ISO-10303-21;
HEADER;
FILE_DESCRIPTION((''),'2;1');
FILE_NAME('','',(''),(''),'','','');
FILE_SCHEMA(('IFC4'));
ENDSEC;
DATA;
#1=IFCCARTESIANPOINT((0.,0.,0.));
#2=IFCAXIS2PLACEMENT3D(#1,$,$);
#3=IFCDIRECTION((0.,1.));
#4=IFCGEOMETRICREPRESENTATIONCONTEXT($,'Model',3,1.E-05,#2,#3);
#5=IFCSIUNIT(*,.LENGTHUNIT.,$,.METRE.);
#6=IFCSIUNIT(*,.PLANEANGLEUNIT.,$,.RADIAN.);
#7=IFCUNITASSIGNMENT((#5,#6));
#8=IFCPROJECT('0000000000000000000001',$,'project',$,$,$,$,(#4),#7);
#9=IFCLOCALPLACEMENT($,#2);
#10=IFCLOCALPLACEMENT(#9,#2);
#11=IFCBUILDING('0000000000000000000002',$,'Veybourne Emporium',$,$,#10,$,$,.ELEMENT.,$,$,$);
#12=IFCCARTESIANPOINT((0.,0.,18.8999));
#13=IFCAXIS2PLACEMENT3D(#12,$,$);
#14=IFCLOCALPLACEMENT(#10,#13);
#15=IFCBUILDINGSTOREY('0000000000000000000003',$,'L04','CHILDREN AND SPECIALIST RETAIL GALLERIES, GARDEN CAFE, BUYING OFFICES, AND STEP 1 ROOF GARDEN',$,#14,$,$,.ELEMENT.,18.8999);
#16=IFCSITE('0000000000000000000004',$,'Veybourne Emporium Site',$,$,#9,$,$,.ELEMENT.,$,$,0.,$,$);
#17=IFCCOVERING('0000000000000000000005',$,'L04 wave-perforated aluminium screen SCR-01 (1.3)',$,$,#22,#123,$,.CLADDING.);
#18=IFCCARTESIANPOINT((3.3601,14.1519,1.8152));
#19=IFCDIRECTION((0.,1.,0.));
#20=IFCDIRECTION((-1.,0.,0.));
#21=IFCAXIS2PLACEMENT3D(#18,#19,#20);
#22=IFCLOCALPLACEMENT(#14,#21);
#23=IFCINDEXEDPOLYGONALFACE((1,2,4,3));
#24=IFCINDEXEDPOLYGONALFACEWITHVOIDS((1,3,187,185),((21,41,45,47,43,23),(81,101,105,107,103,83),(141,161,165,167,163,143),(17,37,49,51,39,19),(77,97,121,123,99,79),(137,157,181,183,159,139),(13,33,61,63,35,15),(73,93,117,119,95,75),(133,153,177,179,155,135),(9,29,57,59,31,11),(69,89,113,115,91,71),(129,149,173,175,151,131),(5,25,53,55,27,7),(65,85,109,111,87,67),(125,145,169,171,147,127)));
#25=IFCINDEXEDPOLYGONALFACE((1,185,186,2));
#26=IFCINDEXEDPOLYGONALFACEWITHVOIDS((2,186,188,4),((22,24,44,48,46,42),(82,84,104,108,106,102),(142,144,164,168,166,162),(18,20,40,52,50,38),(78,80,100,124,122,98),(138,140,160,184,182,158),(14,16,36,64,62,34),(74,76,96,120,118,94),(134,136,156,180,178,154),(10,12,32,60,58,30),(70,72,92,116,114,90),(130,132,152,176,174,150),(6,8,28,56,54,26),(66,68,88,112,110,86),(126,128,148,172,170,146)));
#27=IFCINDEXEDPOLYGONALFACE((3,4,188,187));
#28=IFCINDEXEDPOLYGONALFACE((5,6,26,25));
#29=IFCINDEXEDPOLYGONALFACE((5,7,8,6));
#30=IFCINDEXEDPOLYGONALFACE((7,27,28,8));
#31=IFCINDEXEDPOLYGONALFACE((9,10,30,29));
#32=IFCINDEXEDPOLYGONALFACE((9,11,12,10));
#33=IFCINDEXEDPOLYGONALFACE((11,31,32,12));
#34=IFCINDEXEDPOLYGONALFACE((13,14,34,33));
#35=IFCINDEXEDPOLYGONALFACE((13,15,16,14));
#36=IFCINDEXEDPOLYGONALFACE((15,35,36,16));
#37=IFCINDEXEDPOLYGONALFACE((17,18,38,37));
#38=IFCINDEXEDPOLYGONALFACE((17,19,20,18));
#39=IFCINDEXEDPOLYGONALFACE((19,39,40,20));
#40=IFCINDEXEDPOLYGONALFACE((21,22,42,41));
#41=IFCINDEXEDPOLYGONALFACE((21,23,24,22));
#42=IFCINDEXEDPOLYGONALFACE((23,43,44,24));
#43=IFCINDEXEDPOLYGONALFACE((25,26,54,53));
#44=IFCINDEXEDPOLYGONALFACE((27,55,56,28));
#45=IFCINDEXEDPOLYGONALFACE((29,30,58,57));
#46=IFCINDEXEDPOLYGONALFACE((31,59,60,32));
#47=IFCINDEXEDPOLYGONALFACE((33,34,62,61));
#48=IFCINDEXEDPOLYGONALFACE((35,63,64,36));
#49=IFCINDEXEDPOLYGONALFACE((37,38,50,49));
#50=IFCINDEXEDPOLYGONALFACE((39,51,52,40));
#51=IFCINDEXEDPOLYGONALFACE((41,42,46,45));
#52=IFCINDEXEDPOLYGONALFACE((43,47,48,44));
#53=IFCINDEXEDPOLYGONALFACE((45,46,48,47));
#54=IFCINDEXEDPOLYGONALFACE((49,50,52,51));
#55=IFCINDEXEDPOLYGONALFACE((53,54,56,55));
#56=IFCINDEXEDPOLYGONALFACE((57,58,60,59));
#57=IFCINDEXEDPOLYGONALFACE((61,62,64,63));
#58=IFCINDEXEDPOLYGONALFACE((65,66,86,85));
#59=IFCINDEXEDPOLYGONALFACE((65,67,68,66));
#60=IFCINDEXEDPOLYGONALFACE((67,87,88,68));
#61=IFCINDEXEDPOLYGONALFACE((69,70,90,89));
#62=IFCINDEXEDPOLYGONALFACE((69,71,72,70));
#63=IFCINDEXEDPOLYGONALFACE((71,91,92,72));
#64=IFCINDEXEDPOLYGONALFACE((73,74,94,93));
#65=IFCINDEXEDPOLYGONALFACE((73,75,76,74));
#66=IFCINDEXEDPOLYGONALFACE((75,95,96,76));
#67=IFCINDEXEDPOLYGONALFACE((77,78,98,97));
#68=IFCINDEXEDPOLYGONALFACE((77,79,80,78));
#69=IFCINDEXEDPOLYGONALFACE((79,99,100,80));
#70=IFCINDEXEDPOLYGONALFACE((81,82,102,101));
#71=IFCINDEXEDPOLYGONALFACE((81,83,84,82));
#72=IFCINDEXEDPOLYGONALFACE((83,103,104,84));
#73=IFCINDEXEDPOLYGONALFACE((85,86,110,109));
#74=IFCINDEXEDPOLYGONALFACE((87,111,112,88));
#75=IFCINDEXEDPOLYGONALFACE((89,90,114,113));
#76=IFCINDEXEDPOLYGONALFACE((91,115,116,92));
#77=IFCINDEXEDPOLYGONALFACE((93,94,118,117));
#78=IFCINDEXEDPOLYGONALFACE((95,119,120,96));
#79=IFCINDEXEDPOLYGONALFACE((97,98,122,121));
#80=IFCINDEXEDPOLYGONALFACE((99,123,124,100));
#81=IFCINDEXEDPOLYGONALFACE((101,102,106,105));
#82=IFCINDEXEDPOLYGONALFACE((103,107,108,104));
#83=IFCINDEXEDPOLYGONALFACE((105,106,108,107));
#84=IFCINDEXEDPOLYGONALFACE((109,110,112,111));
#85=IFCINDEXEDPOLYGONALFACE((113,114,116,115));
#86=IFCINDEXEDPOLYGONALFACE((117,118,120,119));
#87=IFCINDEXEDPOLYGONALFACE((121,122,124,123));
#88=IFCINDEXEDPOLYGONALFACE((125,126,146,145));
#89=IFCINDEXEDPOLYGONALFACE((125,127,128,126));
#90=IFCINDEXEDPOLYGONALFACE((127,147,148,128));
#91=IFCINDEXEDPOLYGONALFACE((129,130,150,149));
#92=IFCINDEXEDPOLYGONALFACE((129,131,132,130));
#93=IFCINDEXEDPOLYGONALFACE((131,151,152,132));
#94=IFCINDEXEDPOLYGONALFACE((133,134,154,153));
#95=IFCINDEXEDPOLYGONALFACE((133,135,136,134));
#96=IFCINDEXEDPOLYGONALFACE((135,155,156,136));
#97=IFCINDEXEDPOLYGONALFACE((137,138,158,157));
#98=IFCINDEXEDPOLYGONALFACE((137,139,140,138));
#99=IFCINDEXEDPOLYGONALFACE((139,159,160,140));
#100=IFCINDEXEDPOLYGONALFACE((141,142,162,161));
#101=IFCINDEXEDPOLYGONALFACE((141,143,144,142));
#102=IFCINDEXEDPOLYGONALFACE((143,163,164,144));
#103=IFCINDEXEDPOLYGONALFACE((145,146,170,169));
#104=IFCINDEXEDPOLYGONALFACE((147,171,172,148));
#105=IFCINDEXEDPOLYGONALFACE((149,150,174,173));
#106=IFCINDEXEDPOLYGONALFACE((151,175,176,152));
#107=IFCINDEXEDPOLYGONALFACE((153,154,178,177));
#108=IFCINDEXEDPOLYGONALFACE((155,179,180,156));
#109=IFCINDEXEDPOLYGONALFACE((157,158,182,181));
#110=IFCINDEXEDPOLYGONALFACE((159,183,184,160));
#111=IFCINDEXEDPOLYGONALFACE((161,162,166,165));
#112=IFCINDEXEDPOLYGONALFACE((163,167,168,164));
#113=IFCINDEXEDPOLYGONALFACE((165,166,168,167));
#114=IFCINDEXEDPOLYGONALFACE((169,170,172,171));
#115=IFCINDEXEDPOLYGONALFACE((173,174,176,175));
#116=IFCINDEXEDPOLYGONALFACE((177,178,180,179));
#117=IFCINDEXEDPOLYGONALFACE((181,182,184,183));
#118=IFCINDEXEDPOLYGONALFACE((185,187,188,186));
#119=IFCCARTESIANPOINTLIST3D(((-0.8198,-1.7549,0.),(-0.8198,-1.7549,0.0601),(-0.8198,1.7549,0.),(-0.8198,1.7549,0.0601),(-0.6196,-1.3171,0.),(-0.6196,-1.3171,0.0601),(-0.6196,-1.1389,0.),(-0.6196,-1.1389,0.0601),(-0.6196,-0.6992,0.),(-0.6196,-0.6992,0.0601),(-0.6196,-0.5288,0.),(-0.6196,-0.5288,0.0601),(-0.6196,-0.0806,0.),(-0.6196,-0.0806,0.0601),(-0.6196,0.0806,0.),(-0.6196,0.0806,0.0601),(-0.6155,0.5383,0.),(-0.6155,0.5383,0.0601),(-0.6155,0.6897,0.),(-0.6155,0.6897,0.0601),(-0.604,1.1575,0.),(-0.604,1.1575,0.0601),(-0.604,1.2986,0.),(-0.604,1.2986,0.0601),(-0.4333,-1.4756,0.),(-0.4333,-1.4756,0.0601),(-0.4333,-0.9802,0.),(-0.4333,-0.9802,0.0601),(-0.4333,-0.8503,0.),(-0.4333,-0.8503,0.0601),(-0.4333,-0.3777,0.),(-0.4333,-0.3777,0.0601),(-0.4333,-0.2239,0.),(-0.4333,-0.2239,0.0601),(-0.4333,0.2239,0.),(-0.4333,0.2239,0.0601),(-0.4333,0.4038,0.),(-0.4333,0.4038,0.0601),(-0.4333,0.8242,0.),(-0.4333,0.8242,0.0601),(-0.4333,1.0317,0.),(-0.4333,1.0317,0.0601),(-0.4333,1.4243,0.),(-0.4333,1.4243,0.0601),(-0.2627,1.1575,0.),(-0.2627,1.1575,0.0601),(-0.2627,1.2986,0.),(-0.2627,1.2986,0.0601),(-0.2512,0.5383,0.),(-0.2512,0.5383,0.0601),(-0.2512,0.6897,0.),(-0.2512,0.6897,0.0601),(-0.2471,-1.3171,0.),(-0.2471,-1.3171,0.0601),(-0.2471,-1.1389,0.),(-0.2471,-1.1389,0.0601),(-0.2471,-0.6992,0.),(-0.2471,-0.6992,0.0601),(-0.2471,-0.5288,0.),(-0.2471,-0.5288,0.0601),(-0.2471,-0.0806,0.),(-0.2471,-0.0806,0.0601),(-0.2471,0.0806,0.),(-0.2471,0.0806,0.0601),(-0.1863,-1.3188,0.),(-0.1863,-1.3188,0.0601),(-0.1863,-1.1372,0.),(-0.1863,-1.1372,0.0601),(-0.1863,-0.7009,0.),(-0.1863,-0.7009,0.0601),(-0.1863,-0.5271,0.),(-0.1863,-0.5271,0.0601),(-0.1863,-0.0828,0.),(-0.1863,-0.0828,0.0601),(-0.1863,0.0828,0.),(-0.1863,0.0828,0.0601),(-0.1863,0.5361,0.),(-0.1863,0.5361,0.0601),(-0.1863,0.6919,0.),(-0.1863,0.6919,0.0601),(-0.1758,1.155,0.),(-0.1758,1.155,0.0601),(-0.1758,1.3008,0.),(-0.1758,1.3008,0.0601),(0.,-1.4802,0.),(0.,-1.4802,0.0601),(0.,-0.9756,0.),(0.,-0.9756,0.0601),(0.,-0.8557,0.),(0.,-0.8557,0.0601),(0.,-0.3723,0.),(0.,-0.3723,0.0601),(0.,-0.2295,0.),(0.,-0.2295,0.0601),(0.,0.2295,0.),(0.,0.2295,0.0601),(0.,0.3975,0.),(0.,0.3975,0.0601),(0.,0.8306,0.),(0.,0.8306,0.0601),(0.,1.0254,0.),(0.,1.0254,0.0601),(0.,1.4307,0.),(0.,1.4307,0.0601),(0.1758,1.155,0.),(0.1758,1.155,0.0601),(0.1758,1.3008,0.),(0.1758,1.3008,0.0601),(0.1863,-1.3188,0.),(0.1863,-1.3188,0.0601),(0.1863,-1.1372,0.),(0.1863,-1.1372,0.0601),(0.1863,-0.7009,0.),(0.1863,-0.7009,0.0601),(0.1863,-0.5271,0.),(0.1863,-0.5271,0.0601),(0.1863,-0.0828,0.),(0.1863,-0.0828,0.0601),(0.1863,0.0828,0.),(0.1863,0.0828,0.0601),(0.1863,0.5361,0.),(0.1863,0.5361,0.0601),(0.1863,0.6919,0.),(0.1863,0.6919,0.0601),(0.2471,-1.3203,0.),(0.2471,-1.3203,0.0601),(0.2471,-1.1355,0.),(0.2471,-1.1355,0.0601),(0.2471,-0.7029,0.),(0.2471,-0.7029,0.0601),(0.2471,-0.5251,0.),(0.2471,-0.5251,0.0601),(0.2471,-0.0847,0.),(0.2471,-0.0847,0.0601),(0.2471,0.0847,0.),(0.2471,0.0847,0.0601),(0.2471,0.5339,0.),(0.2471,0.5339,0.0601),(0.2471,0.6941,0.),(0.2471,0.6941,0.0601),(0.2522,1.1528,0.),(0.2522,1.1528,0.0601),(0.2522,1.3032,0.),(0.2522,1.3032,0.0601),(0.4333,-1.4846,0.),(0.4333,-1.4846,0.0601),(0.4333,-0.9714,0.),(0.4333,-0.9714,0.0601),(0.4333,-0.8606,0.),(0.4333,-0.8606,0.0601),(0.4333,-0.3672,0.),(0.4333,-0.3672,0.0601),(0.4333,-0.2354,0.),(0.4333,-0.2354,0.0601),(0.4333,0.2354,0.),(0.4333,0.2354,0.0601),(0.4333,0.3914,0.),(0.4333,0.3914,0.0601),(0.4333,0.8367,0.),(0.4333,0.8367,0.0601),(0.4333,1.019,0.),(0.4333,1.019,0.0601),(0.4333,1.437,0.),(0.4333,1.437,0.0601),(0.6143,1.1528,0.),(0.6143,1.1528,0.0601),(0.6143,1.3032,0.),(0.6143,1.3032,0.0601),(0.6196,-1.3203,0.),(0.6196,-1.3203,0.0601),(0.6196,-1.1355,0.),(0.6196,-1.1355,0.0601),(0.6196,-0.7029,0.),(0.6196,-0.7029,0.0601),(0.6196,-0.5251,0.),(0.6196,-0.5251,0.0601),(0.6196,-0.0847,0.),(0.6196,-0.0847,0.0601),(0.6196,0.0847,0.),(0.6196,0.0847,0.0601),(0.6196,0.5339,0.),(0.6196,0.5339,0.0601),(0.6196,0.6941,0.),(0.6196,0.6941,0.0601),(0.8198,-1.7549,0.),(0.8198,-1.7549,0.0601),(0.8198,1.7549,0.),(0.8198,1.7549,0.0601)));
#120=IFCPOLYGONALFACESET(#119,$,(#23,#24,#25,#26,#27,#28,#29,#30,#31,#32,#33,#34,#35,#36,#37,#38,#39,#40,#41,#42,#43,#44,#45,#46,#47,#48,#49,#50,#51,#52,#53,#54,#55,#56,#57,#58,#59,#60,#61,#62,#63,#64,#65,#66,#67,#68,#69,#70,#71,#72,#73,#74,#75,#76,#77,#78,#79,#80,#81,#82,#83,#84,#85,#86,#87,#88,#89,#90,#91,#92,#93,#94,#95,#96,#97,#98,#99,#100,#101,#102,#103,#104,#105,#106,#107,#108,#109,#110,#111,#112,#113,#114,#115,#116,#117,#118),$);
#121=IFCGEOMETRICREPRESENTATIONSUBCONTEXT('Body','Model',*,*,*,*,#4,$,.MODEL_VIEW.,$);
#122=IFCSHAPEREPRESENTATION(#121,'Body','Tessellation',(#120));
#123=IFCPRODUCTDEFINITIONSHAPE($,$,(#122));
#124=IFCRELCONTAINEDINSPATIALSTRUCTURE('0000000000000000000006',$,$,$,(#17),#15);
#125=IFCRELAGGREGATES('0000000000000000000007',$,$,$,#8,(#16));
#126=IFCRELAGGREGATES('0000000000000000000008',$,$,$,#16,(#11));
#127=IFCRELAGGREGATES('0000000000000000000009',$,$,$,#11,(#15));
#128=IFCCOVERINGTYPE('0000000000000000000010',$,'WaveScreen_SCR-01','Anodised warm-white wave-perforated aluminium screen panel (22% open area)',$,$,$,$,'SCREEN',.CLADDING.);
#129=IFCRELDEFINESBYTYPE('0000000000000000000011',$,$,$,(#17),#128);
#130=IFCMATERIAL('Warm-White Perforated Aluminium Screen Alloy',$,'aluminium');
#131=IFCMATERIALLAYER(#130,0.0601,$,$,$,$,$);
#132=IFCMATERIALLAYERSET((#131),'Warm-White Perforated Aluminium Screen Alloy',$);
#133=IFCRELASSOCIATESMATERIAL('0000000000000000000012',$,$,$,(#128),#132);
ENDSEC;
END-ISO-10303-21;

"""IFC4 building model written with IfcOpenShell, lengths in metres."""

from ifc_helpers import new_model, si_unit, direction, frame, origin, place, context, subcontext, project, spatial, polyline, outline, extrude, material, layer, layer_set, type_object, element, save


model = new_model("IFC4")

# Units and contexts
model_context = context("Model", 3, precision=1e-05, world=origin(), true_north=direction((0.0, 1.0)))
body_context = subcontext(model_context, "Body", "Model", "MODEL_VIEW")
ifc_project = project(units=[si_unit("LENGTHUNIT", "METRE"), si_unit("PLANEANGLEUNIT", "RADIAN")], contexts=[model_context])

# Site, building, storey
site_placement = place(None, origin())
site = spatial("IfcSite", under=ifc_project, at=site_placement, Name="Veybourne Emporium Site", CompositionType="ELEMENT", RefElevation=0.0)
building_placement = place(site_placement, origin())
building = spatial("IfcBuilding", under=site, at=building_placement, Name="Veybourne Emporium", CompositionType="ELEMENT")
storey_placement = place(building_placement, frame((0.0, 0.0, 18.8999)))
storey = spatial("IfcBuildingStorey", under=building, at=storey_placement, Name="L04", Description="CHILDREN AND SPECIALIST RETAIL GALLERIES, GARDEN CAFE, BUYING OFFICES, AND STEP 1 ROOF GARDEN", CompositionType="ELEMENT", Elevation=18.8999)

# Covering
ifc_material_1 = material(Name="Warm-White Perforated Aluminium Screen Alloy", Category="aluminium")
ifc_layer_1 = layer(ifc_material_1, 0.0601)
ifc_layer_set_1 = layer_set([ifc_layer_1], Name="Warm-White Perforated Aluminium Screen Alloy")
covering_type_1 = type_object("IfcCoveringType", Name="WaveScreen_SCR-01", Description="Anodised warm-white wave-perforated aluminium screen panel (22% open area)", ElementType="SCREEN", PredefinedType="CLADDING", material=ifc_layer_set_1)
covering_1_placement = place(storey_placement, frame((3.3601, 14.1519, 1.8152), z_axis=(0.0, 1.0, 0.0), x_axis=(-1.0, 0.0, 0.0)))
element("IfcCovering", 1, at=covering_1_placement, inside=storey, type_object=covering_type_1, Name="L04 wave-perforated aluminium screen SCR-01 (1.3)", PredefinedType="CLADDING", context=body_context, shape_type="SweptSolid", body=[
    extrude(outline(polyline([(-0.8198, -1.7549), (0.8198, -1.7549), (0.8198, 1.7549), (-0.8198, 1.7549), (-0.8198, -1.7549)]), holes=[polyline([(-0.4333, -0.9802), (-0.2471, -1.1389), (-0.2471, -1.3171), (-0.4333, -1.4756), (-0.6196, -1.3171), (-0.6196, -1.1389), (-0.4333, -0.9802)]), polyline([(-0.4333, -0.3777), (-0.2471, -0.5288), (-0.2471, -0.6992), (-0.4333, -0.8503), (-0.6196, -0.6992), (-0.6196, -0.5288), (-0.4333, -0.3777)]), polyline([(-0.4333, 0.2239), (-0.2471, 0.0806), (-0.2471, -0.0806), (-0.4333, -0.2239), (-0.6196, -0.0806), (-0.6196, 0.0806), (-0.4333, 0.2239)]), polyline([(-0.4333, 0.8242), (-0.2512, 0.6897), (-0.2512, 0.5383), (-0.4333, 0.4038), (-0.6155, 0.5383), (-0.6155, 0.6897), (-0.4333, 0.8242)]), polyline([(-0.4333, 1.4243), (-0.2627, 1.2986), (-0.2627, 1.1575), (-0.4333, 1.0317), (-0.604, 1.1575), (-0.604, 1.2986), (-0.4333, 1.4243)]), polyline([(0.0, -0.9756), (0.1863, -1.1372), (0.1863, -1.3188), (0.0, -1.4802), (-0.1863, -1.3188), (-0.1863, -1.1372), (0.0, -0.9756)]), polyline([(0.0, -0.3723), (0.1863, -0.5271), (0.1863, -0.7009), (0.0, -0.8557), (-0.1863, -0.7009), (-0.1863, -0.5271), (0.0, -0.3723)]), polyline([(0.0, 0.2295), (0.1863, 0.0828), (0.1863, -0.0828), (0.0, -0.2295), (-0.1863, -0.0828), (-0.1863, 0.0828), (0.0, 0.2295)]), polyline([(0.0, 0.8306), (0.1863, 0.6919), (0.1863, 0.5361), (0.0, 0.3975), (-0.1863, 0.5361), (-0.1863, 0.6919), (0.0, 0.8306)]), polyline([(0.0, 1.4307), (0.1758, 1.3008), (0.1758, 1.155), (0.0, 1.0254), (-0.1758, 1.155), (-0.1758, 1.3008), (0.0, 1.4307)]), polyline([(0.4333, -0.9714), (0.6196, -1.1355), (0.6196, -1.3203), (0.4333, -1.4846), (0.2471, -1.3203), (0.2471, -1.1355), (0.4333, -0.9714)]), polyline([(0.4333, -0.3672), (0.6196, -0.5251), (0.6196, -0.7029), (0.4333, -0.8606), (0.2471, -0.7029), (0.2471, -0.5251), (0.4333, -0.3672)]), polyline([(0.4333, 0.2354), (0.6196, 0.0847), (0.6196, -0.0847), (0.4333, -0.2354), (0.2471, -0.0847), (0.2471, 0.0847), (0.4333, 0.2354)]), polyline([(0.4333, 0.8367), (0.6196, 0.6941), (0.6196, 0.5339), (0.4333, 0.3914), (0.2471, 0.5339), (0.2471, 0.6941), (0.4333, 0.8367)]), polyline([(0.4333, 1.437), (0.6143, 1.3032), (0.6143, 1.1528), (0.4333, 1.019), (0.2522, 1.1528), (0.2522, 1.3032), (0.4333, 1.437)])]), origin(), (0.0, 0.0, 1.0), 0.0601),
])

save(model, "model.ifc")
